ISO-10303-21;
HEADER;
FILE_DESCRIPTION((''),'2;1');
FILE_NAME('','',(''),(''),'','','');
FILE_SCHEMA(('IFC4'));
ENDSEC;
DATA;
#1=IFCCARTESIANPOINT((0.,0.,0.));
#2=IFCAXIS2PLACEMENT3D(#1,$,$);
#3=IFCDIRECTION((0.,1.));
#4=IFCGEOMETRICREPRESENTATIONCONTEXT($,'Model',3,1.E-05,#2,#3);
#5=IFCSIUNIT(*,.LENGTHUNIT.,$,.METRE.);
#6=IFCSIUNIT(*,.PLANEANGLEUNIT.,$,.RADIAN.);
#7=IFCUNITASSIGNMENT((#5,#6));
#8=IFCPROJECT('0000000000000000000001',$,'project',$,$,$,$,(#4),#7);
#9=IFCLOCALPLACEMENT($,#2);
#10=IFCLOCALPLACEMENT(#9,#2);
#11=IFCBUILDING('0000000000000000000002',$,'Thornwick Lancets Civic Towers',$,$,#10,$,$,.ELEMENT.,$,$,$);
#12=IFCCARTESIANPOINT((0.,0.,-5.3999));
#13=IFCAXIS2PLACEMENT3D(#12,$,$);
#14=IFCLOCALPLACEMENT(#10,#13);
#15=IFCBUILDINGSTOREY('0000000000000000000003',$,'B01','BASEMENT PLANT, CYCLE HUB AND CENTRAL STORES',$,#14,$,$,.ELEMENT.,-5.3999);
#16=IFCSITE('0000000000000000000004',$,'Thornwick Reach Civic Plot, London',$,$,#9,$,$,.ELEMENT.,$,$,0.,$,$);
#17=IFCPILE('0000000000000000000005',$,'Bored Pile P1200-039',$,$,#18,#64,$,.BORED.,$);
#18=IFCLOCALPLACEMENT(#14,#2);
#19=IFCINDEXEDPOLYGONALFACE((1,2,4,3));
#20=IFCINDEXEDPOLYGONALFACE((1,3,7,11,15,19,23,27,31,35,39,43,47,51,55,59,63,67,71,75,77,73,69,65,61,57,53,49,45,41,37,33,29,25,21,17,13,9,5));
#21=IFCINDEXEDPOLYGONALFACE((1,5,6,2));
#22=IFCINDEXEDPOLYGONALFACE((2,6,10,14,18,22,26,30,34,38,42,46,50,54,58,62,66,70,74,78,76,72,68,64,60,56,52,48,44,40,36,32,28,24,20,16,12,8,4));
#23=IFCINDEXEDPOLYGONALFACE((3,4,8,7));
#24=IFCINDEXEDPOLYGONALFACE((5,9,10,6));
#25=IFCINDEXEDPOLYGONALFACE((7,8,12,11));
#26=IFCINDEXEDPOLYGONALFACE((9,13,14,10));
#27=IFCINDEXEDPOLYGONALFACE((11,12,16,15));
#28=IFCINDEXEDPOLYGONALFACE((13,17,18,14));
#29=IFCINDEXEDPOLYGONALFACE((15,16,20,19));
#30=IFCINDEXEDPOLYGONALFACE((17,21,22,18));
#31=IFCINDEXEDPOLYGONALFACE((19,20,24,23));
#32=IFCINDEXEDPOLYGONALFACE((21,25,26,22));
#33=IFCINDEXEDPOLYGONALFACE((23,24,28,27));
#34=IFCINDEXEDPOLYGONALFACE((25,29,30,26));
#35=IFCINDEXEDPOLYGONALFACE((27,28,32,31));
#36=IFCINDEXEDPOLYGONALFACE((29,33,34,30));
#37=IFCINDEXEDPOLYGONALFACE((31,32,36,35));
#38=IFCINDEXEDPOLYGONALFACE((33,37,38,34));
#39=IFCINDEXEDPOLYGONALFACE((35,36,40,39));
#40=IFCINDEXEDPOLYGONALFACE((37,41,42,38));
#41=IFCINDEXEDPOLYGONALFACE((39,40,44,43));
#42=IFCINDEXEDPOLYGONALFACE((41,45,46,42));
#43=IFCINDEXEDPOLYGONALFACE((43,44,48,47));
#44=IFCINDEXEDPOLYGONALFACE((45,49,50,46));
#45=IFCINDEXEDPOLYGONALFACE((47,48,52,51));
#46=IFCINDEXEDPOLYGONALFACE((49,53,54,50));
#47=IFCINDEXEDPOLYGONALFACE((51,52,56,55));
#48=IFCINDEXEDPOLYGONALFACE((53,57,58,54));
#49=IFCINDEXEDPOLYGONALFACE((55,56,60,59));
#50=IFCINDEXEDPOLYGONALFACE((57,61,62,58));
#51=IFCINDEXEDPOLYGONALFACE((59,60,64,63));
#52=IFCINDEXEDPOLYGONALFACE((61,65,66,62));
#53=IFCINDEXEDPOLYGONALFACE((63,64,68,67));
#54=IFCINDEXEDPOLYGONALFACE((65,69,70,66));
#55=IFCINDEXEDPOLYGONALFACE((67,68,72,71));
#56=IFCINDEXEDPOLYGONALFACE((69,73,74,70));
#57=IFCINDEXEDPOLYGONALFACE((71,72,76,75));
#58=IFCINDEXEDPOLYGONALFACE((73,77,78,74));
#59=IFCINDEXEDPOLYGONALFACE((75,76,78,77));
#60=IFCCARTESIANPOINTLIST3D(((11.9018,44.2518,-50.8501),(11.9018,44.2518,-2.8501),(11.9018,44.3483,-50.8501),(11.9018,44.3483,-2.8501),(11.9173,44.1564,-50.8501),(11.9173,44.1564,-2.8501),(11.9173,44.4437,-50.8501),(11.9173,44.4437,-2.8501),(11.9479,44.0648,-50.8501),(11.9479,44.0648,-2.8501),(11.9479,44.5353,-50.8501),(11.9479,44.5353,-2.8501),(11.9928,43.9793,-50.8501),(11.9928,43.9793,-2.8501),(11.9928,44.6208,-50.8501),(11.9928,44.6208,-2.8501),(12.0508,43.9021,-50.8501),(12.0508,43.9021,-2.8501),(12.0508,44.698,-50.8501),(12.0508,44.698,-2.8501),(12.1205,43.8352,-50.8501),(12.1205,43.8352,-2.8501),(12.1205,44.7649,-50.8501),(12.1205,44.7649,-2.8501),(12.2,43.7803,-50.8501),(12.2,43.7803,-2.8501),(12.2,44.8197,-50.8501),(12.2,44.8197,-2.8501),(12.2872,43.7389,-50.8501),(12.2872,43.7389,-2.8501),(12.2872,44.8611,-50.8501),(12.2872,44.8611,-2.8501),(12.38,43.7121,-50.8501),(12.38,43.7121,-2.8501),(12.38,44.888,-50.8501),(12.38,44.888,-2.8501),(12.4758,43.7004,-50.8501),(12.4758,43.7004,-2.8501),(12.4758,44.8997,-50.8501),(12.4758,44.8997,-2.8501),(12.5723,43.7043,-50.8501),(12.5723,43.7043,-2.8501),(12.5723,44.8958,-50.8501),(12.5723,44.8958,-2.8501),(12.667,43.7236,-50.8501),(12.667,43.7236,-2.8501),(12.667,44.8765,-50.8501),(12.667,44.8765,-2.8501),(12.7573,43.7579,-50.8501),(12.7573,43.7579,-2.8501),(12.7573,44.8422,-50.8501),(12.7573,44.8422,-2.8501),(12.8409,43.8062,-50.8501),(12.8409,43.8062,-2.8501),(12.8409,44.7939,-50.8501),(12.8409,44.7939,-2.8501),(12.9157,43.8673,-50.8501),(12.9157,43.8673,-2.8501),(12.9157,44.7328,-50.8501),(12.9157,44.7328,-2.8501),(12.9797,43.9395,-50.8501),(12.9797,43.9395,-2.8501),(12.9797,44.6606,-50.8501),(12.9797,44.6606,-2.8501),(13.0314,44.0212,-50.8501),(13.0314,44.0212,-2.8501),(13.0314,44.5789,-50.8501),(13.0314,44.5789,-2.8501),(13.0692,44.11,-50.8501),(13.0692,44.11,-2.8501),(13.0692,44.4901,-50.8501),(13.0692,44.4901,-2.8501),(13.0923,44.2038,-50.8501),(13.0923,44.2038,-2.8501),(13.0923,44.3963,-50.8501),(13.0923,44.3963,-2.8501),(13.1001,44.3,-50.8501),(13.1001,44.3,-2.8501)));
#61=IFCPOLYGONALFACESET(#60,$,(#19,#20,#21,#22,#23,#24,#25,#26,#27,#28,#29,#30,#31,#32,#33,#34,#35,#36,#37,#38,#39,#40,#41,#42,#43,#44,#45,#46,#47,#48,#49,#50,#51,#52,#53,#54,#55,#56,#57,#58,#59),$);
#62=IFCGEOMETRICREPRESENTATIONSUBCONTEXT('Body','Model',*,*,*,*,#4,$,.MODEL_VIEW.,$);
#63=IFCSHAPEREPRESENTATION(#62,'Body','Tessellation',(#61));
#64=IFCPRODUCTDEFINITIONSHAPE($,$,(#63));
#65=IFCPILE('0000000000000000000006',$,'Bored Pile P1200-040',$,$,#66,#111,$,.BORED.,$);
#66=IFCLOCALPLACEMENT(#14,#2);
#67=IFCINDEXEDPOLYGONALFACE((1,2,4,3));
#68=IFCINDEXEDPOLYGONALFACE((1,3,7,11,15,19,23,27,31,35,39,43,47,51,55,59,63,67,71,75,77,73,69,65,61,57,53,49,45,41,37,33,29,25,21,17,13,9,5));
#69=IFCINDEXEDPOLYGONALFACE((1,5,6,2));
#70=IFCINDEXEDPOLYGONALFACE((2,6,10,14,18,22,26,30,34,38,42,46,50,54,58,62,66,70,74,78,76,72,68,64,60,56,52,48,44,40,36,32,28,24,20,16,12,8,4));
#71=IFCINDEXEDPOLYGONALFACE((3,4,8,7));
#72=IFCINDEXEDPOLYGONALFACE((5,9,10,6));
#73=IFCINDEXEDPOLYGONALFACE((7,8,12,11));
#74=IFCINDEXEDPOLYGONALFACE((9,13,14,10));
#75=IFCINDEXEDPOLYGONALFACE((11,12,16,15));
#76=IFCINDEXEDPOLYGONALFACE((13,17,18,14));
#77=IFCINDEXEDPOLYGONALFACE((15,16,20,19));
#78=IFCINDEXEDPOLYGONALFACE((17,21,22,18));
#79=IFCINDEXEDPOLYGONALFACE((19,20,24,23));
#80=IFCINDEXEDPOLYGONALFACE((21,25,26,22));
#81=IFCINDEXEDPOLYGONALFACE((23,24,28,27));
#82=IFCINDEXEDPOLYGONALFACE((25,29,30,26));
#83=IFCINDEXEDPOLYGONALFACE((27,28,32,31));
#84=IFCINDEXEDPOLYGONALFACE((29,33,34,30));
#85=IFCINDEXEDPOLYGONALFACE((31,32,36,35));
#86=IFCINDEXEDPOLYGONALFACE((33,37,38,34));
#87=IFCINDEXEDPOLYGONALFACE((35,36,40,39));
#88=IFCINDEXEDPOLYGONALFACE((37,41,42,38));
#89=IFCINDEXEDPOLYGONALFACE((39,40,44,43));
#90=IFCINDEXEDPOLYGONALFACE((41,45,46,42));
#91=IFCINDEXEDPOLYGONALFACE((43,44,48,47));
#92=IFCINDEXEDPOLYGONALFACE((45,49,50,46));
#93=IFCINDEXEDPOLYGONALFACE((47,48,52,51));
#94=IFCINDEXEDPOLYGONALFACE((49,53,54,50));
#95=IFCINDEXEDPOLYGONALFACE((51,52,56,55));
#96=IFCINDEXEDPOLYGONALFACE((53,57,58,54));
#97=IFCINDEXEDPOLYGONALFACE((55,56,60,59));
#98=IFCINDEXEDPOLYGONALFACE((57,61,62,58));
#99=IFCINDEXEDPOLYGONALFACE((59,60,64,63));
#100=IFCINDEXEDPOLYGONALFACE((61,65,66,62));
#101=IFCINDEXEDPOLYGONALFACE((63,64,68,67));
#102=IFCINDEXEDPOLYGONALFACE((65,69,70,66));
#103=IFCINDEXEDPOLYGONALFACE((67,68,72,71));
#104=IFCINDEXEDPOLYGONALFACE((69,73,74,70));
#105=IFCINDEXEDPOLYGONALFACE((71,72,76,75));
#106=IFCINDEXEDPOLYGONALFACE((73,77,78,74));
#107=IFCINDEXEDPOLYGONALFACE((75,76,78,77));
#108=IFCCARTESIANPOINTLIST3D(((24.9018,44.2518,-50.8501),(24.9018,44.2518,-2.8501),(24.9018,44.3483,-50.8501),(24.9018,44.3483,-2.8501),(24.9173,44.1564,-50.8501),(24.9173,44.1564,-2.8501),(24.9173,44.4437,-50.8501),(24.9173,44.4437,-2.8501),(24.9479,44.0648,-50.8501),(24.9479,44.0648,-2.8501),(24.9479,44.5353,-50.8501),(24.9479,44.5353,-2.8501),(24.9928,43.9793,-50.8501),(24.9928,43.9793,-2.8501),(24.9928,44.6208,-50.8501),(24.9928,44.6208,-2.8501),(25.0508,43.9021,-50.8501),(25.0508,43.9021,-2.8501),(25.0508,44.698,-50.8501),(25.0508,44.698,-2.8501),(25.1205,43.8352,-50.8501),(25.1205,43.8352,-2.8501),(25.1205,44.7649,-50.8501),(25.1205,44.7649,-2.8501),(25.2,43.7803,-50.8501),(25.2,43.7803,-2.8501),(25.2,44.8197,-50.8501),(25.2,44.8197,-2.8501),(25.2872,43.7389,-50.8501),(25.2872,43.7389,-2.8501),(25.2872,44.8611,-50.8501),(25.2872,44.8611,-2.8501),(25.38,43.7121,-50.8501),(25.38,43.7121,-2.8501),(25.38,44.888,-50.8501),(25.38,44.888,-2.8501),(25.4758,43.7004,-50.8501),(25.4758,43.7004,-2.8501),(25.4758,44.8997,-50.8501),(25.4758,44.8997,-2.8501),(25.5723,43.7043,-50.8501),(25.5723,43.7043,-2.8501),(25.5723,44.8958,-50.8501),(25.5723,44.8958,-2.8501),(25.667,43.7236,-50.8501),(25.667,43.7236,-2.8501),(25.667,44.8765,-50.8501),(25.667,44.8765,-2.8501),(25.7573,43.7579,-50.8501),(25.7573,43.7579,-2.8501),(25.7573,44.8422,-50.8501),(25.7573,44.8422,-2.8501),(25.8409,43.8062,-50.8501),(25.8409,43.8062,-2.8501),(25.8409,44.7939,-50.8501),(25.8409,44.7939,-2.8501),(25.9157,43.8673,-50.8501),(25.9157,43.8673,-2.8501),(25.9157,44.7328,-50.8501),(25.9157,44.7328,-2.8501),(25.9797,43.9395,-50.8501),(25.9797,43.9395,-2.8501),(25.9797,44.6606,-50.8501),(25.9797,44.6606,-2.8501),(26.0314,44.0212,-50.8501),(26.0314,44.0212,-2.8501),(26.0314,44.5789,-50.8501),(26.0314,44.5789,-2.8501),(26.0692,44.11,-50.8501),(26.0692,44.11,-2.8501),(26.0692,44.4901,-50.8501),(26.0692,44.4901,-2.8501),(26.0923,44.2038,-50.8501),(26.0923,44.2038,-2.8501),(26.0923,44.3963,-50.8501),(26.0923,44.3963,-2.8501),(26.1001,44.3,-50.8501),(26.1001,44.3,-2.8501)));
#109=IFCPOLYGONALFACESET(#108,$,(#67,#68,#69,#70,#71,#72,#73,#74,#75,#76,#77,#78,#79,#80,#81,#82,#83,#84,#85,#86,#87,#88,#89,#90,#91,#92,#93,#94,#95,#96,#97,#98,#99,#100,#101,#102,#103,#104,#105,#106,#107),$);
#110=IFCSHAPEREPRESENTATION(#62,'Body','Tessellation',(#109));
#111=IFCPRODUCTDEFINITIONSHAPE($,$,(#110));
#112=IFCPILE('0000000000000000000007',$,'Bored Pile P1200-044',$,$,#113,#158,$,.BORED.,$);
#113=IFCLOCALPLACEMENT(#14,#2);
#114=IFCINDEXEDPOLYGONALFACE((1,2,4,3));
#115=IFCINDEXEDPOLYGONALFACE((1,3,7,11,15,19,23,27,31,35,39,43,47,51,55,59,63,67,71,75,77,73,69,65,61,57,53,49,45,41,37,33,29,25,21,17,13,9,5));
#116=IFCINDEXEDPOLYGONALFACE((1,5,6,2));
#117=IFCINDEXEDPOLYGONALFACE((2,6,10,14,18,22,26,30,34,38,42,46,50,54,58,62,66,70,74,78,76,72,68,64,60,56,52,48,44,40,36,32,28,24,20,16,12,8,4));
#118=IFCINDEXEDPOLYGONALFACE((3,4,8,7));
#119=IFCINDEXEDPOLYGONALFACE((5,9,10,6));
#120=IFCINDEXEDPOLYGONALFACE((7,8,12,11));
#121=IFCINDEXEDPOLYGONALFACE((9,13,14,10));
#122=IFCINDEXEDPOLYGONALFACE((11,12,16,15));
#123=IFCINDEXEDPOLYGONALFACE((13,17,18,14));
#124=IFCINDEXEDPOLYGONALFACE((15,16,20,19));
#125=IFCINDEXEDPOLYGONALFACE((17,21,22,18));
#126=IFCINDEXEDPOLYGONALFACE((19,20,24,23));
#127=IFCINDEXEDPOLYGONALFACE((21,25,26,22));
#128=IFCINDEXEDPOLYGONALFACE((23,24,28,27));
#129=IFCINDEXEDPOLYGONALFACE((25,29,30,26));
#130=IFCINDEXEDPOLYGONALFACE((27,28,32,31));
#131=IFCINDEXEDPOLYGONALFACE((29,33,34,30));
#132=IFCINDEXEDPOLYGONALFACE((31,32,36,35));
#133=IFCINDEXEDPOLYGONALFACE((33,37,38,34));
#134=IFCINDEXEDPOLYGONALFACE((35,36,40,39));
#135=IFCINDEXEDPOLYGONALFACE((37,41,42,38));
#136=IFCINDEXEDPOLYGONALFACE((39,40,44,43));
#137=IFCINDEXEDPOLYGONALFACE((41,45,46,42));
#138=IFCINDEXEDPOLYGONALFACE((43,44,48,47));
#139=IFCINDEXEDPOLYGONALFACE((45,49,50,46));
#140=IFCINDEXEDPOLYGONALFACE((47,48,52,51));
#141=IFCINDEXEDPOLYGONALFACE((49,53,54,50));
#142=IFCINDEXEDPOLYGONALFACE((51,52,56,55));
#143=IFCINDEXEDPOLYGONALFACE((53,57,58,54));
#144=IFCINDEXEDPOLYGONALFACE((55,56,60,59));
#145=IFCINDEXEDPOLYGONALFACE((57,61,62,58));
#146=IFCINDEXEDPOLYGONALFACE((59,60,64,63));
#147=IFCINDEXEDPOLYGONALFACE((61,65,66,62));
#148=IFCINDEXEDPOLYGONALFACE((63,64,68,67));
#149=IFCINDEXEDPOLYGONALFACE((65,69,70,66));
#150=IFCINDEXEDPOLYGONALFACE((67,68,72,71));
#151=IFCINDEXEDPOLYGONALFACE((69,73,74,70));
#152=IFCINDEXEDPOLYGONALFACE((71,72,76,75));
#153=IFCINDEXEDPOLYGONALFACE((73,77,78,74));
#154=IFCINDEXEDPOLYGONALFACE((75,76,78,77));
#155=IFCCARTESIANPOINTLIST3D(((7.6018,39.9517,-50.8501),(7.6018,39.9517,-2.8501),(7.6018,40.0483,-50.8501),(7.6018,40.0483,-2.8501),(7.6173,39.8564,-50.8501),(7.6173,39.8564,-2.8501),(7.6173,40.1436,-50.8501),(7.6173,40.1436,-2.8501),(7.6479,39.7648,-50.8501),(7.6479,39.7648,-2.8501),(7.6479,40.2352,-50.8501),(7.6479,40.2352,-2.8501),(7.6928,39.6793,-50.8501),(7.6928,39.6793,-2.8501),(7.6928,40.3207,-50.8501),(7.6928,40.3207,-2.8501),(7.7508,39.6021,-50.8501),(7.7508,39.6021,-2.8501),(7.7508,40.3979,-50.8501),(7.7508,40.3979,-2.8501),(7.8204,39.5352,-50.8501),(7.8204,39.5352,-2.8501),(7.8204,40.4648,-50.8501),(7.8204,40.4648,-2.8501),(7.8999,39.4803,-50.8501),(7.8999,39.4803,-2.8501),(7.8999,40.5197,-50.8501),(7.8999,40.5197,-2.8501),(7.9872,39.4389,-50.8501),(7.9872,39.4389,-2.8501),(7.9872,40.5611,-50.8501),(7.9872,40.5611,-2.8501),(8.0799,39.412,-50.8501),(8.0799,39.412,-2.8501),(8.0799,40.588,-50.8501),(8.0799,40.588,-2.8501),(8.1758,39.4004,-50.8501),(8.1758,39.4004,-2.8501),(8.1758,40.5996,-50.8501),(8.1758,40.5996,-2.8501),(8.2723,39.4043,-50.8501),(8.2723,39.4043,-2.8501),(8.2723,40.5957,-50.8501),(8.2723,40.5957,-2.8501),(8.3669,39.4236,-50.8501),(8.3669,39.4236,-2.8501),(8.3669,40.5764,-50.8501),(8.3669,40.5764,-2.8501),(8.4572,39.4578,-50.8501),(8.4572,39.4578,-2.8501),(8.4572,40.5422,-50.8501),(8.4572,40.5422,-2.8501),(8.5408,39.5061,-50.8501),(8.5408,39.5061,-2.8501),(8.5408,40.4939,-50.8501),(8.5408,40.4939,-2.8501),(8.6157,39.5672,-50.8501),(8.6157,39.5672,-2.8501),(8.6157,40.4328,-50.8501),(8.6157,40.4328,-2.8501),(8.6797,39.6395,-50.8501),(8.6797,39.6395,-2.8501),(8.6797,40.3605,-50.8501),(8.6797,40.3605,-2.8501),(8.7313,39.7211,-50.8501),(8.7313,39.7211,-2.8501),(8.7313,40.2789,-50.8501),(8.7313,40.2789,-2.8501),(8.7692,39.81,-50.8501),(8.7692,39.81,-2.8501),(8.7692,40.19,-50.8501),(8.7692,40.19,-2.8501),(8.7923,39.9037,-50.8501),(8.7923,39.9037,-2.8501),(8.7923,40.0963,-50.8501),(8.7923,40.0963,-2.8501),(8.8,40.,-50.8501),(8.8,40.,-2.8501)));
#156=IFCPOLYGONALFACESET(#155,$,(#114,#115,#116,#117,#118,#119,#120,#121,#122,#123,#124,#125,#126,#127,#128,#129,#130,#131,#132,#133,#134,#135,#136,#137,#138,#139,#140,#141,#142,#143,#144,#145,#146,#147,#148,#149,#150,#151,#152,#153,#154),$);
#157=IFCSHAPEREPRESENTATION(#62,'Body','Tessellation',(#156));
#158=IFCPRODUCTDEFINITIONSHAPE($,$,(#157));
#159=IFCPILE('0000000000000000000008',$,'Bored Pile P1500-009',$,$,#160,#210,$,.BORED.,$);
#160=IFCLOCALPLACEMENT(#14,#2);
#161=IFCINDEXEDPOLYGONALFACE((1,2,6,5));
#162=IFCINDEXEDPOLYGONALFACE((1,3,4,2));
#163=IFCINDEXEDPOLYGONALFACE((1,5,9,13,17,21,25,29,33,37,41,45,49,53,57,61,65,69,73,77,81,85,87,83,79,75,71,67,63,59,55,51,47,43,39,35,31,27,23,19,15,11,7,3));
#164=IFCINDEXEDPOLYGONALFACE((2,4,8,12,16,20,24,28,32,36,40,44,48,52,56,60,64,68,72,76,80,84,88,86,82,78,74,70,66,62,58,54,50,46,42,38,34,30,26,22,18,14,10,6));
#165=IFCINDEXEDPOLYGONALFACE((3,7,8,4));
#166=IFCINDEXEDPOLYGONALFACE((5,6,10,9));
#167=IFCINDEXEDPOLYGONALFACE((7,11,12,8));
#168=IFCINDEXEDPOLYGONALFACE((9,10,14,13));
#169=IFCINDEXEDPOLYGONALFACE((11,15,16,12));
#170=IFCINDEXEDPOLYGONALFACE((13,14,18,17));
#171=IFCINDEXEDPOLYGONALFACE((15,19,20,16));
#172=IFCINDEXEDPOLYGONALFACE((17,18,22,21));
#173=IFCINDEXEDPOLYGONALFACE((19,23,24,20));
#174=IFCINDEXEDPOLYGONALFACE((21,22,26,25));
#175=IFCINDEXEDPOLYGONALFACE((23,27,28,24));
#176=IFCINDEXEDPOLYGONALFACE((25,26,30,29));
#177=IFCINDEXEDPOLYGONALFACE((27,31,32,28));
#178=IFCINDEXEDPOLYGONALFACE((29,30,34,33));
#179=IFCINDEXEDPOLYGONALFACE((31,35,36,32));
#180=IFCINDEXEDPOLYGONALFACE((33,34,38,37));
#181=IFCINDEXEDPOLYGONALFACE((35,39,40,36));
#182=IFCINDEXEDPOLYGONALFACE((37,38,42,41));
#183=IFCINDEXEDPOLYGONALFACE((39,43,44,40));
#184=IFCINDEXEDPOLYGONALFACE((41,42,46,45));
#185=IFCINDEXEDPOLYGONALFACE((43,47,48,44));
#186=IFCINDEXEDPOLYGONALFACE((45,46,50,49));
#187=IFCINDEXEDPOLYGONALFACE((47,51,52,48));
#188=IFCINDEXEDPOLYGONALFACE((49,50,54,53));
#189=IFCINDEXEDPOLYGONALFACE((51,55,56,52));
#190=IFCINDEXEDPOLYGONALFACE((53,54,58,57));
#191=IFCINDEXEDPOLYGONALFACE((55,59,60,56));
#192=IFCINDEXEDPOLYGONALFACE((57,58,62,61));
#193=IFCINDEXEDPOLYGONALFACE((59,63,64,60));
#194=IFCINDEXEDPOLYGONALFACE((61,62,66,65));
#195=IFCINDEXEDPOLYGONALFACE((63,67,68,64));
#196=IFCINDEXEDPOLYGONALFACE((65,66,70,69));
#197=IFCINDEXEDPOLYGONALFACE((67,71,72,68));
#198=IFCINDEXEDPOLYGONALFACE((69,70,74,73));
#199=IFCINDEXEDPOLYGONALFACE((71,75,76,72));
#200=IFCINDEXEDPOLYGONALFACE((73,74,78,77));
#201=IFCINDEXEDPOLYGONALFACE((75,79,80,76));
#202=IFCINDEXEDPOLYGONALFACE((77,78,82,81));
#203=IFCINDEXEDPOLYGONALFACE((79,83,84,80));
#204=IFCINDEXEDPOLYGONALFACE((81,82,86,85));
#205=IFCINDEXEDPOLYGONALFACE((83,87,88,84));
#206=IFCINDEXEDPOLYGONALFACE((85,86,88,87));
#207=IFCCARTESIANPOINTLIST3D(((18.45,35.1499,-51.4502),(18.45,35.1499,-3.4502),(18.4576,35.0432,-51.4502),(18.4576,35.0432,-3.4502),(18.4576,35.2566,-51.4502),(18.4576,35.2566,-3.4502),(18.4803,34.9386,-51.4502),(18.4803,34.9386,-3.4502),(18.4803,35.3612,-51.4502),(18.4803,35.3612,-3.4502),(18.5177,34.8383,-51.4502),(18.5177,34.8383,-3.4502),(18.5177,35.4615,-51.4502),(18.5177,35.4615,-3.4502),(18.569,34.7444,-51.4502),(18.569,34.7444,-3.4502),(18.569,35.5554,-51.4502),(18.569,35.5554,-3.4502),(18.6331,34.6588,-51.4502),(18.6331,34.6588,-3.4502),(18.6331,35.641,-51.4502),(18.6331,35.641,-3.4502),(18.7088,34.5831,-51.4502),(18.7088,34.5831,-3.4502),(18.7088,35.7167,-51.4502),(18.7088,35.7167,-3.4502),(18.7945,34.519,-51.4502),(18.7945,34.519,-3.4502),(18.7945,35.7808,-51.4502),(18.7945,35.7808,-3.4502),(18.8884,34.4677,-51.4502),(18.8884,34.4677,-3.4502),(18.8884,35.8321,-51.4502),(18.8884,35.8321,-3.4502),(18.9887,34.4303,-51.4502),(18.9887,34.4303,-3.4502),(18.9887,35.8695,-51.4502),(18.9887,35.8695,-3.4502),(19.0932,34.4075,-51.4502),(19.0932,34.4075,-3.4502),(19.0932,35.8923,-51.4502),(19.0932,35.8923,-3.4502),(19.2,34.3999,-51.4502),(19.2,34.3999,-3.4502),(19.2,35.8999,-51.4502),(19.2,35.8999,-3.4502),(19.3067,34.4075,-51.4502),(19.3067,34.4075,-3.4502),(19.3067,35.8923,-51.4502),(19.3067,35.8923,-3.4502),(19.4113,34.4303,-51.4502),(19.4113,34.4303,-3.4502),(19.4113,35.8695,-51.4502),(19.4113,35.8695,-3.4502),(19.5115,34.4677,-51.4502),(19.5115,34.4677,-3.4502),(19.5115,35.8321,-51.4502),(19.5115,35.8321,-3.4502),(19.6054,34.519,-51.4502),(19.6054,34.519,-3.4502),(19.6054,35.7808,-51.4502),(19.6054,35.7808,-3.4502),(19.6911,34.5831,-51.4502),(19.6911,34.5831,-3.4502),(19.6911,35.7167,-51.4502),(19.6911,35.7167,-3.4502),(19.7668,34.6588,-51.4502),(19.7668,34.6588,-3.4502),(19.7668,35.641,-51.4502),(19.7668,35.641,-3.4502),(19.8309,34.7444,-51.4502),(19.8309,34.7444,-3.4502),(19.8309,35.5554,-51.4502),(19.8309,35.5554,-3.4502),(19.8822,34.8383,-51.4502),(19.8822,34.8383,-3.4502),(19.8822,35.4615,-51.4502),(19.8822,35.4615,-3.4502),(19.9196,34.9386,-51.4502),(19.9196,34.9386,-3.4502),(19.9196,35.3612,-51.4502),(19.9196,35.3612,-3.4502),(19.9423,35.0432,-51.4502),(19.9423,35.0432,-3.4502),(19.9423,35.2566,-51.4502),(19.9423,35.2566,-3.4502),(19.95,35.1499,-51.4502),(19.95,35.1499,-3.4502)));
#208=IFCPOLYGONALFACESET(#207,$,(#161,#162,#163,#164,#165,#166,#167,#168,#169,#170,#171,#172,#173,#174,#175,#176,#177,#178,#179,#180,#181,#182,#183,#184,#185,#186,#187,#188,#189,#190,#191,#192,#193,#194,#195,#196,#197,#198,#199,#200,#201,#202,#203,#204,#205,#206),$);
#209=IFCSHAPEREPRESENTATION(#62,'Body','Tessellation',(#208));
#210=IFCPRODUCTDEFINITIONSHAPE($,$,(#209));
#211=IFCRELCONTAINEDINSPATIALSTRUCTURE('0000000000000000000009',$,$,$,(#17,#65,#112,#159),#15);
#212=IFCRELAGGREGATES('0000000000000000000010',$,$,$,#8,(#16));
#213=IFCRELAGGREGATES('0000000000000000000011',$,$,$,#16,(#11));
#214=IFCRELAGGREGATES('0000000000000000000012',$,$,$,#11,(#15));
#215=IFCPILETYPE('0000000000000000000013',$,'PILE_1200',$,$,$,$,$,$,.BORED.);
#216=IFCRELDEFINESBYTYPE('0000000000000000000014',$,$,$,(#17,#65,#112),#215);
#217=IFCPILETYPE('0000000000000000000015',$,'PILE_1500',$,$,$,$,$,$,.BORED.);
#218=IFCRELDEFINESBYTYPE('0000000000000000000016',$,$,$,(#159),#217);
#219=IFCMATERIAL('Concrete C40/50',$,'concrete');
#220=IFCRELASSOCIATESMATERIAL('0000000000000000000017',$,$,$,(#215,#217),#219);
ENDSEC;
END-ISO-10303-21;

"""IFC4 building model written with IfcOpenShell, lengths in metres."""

from ifc_helpers import new_model, si_unit, direction, frame, origin, origin_2d, place, context, subcontext, project, spatial, circle, extrude, material, material_profile, profile_set, type_object, element, save


model = new_model("IFC4")

# Units and contexts
model_context = context("Model", 3, precision=1e-05, world=origin(), true_north=direction((0.0, 1.0)))
body_context = subcontext(model_context, "Body", "Model", "MODEL_VIEW")
ifc_project = project(units=[si_unit("LENGTHUNIT", "METRE"), si_unit("PLANEANGLEUNIT", "RADIAN")], contexts=[model_context])

# Site, building, storey
site_placement = place(None, origin())
site = spatial("IfcSite", under=ifc_project, at=site_placement, Name="Thornwick Reach Civic Plot, London", CompositionType="ELEMENT", RefElevation=0.0)
building_placement = place(site_placement, origin())
building = spatial("IfcBuilding", under=site, at=building_placement, Name="Thornwick Lancets Civic Towers", CompositionType="ELEMENT")
storey_placement = place(building_placement, frame((0.0, 0.0, -5.3999)))
storey = spatial("IfcBuildingStorey", under=building, at=storey_placement, Name="B01", Description="BASEMENT PLANT, CYCLE HUB AND CENTRAL STORES", CompositionType="ELEMENT", Elevation=-5.3999)

# Shared definitions
ifc_material_1 = material(Name="Concrete C40/50", Category="concrete")

# Piles
ifc_material_profile_1 = material_profile(ifc_material_1, circle(Radius=0.6001, at=origin_2d()), Name="PILE D1200")
ifc_profile_set_1 = profile_set([ifc_material_profile_1], Name="Concrete C40/50")
pile_type_1 = type_object("IfcPileType", Name="PILE_1200", PredefinedType="BORED", material=ifc_profile_set_1)
for number, where, z_axis, x_axis, name in (
    (1, (12.5, 44.3, -2.8501), (0.0, 0.0, -1.0), (1.0, 0.0, 0.0), "Bored Pile P1200-039"),
    (2, (25.5, 44.3, -2.8501), (0.0, 0.0, -1.0), (1.0, 0.0, 0.0), "Bored Pile P1200-040"),
    (3, (8.2, 40.0, -2.8501), (0.0, 0.0, -1.0), (1.0, 0.0, 0.0), "Bored Pile P1200-044"),
):
    element("IfcPile", number, at=place(storey_placement, frame(where, z_axis=z_axis, x_axis=x_axis)), inside=storey, type_object=pile_type_1, Name=name, PredefinedType="BORED", context=body_context, shape_type="SweptSolid", body=[
        extrude(circle(Radius=0.6001, at=origin_2d()), origin(), (0.0, 0.0, 1.0), 48.0),
    ])
ifc_material_profile_2 = material_profile(ifc_material_1, circle(Radius=0.75, at=origin_2d()), Name="PILE D1500")
ifc_profile_set_2 = profile_set([ifc_material_profile_2], Name="Concrete C40/50")
pile_type_2 = type_object("IfcPileType", Name="PILE_1500", PredefinedType="BORED", material=ifc_profile_set_2)
for number, where, z_axis, x_axis, name in (
    (4, (19.2, 35.1499, -3.4502), (0.0, 0.0, -1.0), (1.0, 0.0, 0.0), "Bored Pile P1500-009"),
):
    element("IfcPile", number, at=place(storey_placement, frame(where, z_axis=z_axis, x_axis=x_axis)), inside=storey, type_object=pile_type_2, Name=name, PredefinedType="BORED", context=body_context, shape_type="SweptSolid", body=[
        extrude(circle(Radius=0.75, at=origin_2d()), origin(), (0.0, 0.0, 1.0), 48.0),
    ])

save(model, "model.ifc")
